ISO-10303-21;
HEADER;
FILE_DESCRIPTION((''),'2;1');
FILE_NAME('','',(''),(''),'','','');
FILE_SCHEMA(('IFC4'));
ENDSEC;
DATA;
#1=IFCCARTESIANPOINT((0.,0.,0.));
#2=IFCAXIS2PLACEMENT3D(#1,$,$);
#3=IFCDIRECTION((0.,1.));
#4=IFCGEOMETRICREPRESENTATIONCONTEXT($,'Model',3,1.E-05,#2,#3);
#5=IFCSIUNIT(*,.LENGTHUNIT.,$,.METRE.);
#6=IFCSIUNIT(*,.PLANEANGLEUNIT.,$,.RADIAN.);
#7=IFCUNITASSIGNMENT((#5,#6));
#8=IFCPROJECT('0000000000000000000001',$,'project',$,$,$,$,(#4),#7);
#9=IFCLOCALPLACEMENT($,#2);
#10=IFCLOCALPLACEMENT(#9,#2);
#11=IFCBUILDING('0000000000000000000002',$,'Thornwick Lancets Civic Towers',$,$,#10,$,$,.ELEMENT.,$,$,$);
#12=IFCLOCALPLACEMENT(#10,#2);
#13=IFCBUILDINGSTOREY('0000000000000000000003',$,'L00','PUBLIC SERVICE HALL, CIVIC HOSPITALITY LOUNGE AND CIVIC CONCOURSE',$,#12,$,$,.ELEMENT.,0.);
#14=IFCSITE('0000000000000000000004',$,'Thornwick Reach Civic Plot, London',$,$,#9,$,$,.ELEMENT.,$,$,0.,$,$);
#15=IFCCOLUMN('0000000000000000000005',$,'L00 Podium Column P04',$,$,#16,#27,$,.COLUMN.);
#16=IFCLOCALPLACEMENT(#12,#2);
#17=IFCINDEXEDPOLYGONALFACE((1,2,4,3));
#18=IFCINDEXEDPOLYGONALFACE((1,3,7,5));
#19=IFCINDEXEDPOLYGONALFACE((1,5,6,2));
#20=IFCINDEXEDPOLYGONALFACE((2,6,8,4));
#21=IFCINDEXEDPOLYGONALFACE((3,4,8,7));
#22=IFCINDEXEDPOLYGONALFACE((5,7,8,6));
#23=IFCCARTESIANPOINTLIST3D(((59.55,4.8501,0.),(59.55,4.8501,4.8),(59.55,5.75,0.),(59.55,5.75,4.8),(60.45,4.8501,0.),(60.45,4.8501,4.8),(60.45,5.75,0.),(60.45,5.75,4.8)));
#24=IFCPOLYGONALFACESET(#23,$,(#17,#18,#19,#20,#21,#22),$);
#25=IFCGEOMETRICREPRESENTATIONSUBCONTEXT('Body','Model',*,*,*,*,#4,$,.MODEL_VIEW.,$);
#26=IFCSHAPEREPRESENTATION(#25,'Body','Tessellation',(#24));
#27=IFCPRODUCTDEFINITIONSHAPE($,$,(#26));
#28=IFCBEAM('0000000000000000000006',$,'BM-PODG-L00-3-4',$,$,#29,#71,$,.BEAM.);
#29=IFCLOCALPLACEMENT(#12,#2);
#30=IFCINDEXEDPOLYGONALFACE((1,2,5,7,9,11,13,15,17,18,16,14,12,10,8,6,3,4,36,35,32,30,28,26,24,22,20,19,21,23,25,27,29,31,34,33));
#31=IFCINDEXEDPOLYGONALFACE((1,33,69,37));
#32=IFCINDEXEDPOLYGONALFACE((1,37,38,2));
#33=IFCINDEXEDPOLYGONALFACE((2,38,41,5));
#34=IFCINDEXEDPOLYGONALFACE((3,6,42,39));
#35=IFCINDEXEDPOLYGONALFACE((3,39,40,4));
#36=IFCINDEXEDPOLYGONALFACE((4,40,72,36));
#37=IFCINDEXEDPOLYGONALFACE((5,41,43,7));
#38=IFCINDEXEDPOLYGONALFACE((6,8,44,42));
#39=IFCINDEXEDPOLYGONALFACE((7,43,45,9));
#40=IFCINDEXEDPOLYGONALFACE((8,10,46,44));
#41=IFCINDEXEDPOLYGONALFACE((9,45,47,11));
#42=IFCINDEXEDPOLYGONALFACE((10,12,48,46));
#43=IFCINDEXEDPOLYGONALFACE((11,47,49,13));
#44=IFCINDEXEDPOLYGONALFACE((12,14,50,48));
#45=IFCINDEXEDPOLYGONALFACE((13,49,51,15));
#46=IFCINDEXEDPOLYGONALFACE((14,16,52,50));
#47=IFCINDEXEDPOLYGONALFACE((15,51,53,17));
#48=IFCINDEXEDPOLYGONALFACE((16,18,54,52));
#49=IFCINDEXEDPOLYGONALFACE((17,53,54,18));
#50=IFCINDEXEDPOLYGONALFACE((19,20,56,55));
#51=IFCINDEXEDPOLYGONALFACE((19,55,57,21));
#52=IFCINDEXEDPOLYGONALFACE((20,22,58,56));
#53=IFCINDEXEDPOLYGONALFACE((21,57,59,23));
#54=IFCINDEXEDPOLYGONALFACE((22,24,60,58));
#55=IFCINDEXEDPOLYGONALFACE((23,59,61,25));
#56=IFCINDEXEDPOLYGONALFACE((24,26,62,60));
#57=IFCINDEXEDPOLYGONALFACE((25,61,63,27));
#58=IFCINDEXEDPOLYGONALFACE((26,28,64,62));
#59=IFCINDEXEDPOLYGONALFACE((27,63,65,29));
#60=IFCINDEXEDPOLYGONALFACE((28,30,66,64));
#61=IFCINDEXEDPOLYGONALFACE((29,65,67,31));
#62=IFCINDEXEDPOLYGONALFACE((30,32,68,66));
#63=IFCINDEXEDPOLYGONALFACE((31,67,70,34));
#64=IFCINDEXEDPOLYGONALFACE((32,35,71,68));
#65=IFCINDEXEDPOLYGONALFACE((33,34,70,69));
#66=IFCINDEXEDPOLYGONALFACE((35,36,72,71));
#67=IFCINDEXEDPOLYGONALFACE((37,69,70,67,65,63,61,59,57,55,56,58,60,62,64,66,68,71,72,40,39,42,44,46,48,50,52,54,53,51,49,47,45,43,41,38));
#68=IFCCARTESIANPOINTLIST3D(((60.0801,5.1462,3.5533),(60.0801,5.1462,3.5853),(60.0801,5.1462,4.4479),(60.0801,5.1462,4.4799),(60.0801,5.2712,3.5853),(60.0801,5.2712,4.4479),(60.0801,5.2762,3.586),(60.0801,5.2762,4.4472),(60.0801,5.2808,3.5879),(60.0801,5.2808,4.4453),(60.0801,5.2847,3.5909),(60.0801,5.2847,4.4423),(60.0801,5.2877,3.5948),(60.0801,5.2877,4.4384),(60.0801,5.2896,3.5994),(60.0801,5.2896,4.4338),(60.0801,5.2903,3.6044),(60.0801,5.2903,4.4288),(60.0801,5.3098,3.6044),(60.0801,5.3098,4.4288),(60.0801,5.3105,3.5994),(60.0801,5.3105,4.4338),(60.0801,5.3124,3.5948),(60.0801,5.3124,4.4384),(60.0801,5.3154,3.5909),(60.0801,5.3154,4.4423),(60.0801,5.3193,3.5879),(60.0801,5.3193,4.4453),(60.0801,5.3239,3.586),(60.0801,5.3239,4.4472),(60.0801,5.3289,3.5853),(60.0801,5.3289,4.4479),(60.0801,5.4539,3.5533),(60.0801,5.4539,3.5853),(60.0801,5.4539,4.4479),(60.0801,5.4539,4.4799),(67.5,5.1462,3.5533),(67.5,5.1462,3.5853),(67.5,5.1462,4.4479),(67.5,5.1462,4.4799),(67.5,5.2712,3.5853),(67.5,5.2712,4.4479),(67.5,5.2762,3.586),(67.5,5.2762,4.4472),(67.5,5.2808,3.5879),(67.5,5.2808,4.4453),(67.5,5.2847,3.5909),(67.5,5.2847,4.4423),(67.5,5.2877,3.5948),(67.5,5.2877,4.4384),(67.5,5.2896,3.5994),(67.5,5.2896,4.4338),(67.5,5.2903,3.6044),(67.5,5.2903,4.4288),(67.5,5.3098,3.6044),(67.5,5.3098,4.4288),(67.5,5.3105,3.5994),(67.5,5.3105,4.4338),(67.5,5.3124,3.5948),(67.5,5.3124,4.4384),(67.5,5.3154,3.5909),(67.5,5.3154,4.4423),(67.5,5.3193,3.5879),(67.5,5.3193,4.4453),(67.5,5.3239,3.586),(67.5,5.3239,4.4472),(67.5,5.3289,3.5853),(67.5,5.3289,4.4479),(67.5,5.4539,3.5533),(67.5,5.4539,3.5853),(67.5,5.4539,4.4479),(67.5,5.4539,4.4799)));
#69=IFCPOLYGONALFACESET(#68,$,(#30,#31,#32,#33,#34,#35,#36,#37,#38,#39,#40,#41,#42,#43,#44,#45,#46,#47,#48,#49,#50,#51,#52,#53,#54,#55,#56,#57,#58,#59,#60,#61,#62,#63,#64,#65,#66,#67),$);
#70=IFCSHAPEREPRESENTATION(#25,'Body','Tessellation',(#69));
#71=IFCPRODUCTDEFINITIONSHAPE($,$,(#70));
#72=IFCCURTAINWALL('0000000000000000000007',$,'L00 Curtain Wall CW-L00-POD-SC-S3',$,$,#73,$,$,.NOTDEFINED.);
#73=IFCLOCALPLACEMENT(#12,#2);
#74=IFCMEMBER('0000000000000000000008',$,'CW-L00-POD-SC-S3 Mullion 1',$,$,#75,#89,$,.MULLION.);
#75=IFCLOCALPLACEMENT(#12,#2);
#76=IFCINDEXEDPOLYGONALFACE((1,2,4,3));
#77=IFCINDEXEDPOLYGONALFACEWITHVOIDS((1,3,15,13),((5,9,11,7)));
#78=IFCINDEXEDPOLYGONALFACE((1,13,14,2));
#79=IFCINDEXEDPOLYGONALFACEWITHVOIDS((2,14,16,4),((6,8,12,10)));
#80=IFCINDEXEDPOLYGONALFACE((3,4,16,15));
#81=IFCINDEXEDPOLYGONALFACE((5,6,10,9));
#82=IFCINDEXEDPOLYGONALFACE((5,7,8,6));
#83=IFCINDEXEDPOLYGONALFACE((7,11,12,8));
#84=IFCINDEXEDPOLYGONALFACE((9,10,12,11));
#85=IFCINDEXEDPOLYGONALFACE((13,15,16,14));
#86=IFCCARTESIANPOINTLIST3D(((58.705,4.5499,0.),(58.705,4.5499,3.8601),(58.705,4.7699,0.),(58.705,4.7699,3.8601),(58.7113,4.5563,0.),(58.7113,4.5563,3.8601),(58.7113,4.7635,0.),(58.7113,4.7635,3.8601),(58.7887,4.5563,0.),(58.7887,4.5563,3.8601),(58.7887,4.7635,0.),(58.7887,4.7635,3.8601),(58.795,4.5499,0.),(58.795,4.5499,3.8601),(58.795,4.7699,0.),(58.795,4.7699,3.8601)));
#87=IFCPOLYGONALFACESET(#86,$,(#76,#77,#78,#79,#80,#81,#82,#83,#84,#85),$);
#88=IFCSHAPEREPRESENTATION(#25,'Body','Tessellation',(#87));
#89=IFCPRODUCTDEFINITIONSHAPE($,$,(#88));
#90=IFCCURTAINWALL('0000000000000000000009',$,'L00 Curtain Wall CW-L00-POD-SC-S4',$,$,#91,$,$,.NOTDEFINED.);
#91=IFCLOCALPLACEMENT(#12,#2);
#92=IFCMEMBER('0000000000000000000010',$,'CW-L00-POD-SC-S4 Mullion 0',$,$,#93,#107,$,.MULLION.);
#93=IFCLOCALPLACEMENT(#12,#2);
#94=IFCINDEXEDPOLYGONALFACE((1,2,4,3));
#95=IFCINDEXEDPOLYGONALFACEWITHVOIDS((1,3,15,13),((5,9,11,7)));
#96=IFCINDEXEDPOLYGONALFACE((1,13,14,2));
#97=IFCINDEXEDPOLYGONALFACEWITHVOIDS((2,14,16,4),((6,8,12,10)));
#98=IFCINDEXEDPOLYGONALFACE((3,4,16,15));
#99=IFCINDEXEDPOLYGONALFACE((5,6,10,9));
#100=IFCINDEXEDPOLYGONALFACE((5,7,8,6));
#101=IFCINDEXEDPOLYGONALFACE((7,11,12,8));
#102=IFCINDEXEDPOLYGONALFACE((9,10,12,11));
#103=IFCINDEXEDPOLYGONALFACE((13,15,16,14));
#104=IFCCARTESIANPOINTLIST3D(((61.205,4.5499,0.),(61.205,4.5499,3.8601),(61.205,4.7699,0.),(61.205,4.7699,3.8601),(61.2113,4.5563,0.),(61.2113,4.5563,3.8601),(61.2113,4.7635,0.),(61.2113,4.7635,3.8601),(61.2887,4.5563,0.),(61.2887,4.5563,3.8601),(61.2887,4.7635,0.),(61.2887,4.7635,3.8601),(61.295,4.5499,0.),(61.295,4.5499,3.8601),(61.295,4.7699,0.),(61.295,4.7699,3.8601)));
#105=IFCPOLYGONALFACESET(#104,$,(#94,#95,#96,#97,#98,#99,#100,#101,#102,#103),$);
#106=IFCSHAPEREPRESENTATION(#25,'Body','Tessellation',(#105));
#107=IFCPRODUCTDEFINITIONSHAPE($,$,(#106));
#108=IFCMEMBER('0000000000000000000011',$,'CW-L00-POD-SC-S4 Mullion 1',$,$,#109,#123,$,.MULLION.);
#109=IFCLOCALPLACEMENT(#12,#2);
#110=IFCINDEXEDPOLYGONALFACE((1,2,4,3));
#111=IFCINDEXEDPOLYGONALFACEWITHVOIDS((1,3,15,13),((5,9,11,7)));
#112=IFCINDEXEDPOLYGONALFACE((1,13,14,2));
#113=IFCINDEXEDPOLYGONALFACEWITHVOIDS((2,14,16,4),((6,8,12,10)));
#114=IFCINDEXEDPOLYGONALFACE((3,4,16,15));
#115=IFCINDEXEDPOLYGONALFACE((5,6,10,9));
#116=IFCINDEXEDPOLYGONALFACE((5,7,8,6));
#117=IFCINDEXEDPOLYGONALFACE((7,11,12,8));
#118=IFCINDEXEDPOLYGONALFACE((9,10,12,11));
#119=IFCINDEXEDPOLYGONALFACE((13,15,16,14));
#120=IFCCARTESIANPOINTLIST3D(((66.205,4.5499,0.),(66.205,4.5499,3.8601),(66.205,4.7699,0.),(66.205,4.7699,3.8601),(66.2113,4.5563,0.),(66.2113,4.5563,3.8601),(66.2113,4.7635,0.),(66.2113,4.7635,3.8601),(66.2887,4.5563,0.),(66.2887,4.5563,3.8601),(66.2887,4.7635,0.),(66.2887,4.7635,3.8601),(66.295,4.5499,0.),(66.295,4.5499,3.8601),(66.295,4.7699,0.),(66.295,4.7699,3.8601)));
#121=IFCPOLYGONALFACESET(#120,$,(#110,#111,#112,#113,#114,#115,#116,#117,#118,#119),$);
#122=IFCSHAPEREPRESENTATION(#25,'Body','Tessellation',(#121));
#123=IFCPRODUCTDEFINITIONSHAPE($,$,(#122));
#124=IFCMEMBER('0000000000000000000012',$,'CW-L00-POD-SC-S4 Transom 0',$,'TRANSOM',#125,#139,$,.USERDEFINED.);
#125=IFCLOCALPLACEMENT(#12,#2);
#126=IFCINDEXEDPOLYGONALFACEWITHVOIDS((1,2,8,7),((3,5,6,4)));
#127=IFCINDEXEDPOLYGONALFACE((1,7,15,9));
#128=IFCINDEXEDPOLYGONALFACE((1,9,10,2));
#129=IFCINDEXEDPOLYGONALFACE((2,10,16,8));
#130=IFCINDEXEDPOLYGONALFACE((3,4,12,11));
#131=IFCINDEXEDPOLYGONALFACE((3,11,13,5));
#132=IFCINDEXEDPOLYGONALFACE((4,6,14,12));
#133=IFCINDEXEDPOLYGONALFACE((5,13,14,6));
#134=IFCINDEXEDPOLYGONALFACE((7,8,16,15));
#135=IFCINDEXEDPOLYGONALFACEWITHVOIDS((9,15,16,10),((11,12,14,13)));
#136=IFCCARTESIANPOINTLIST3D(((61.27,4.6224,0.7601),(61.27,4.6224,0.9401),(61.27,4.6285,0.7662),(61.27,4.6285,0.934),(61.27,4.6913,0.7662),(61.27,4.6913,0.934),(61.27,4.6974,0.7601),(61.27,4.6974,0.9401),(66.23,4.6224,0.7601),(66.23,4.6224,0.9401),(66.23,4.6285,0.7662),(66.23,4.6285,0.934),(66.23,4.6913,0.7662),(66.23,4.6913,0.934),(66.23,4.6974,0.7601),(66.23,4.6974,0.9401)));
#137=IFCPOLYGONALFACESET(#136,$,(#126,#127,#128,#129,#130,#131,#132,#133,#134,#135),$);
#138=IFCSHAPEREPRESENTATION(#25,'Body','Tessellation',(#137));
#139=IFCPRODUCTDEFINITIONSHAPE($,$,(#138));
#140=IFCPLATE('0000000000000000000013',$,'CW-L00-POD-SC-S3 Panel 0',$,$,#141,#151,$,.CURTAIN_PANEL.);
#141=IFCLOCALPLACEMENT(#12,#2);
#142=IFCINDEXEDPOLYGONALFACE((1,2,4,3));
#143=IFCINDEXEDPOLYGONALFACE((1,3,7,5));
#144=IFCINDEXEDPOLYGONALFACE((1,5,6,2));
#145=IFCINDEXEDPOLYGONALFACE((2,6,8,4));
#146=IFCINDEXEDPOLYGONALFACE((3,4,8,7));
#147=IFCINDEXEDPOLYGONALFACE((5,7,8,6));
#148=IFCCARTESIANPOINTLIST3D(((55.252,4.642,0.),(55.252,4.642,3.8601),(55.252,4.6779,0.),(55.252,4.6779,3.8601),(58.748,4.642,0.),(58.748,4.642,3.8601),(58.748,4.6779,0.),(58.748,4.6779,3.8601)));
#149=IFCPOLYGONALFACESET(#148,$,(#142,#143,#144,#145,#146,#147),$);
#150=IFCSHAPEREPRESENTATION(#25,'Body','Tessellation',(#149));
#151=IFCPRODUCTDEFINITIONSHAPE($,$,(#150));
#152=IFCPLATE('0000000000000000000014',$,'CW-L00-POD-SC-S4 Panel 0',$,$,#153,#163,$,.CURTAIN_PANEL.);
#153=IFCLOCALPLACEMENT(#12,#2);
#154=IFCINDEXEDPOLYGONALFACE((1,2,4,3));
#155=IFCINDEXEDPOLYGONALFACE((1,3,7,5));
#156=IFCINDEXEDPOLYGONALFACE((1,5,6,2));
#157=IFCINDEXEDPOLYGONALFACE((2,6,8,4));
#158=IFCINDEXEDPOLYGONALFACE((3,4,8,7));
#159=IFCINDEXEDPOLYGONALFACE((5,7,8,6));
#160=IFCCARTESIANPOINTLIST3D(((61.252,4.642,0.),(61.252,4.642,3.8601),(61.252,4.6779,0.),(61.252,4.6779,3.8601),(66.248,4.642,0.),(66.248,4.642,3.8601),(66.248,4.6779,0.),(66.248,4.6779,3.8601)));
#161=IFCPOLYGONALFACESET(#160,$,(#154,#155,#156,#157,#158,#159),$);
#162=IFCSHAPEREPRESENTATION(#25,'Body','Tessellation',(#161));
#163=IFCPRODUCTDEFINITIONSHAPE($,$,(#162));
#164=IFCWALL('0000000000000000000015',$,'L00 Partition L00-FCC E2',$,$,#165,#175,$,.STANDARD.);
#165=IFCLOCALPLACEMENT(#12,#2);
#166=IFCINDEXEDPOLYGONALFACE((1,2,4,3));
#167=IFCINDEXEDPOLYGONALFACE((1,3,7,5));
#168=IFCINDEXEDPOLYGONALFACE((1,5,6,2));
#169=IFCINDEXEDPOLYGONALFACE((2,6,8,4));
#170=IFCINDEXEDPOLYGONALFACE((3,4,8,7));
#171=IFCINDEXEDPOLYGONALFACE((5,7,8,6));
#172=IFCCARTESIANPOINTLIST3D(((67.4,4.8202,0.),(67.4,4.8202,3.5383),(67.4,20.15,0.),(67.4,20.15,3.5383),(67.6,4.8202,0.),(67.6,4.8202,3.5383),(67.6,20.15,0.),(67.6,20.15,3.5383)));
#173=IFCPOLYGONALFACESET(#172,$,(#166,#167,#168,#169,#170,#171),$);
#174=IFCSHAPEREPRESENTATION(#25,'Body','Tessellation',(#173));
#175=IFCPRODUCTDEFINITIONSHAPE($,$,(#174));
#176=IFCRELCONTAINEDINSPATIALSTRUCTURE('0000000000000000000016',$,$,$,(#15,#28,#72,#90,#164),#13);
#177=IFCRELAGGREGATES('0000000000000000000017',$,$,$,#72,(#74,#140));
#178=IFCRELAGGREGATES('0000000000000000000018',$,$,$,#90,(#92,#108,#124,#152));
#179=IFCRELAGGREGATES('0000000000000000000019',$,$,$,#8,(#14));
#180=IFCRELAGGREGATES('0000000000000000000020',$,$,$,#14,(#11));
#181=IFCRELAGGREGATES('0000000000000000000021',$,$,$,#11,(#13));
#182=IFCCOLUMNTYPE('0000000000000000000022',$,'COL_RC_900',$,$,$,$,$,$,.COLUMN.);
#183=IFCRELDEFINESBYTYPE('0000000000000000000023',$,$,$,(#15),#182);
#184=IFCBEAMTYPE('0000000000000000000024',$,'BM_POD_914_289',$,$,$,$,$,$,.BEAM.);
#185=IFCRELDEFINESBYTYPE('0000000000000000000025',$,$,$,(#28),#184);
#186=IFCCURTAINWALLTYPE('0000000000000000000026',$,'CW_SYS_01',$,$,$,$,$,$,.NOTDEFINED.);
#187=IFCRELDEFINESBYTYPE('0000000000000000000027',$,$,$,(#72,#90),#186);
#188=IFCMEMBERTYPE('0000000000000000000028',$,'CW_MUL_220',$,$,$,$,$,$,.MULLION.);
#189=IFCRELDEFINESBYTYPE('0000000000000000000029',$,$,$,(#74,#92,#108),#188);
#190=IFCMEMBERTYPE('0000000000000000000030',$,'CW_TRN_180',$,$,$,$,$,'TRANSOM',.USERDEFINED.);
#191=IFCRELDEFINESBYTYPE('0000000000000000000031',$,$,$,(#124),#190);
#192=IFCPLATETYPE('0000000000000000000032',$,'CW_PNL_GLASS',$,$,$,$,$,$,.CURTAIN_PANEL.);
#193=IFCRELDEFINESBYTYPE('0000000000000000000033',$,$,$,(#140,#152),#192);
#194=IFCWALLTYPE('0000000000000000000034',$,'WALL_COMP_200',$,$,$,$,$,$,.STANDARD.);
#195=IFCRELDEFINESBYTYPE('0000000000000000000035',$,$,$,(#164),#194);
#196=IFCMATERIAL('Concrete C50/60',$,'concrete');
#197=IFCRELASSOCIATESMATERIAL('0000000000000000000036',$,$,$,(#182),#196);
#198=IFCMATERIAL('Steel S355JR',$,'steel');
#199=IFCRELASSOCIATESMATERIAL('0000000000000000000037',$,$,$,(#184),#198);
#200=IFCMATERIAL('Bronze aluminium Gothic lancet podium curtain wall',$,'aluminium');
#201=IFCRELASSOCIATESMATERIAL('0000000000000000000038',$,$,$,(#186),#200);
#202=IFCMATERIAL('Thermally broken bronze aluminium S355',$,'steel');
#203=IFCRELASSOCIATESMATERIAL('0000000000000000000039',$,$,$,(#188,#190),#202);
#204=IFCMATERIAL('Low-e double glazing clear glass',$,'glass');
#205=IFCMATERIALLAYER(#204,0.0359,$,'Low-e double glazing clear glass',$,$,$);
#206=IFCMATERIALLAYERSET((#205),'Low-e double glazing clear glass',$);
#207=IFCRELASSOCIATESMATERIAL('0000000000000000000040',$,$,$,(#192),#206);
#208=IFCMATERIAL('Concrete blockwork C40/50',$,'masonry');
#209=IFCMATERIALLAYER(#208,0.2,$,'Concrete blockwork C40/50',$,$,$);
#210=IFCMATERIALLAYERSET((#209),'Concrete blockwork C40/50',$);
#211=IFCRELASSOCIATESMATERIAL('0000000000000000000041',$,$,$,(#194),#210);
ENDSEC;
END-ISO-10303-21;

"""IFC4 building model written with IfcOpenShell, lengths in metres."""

from ifc_helpers import new_model, si_unit, direction, frame, frame_2d, origin, origin_2d, place, context, subcontext, project, spatial, rectangle, hollow_rectangle, i_section, extrude, material, layer, layer_set, material_profile, profile_set, type_object, element, aggregate, save


model = new_model("IFC4")

# Units and contexts
model_context = context("Model", 3, precision=1e-05, world=origin(), true_north=direction((0.0, 1.0)))
body_context = subcontext(model_context, "Body", "Model", "MODEL_VIEW")
ifc_project = project(units=[si_unit("LENGTHUNIT", "METRE"), si_unit("PLANEANGLEUNIT", "RADIAN")], contexts=[model_context])

# Site, building, storey
site_placement = place(None, origin())
site = spatial("IfcSite", under=ifc_project, at=site_placement, Name="Thornwick Reach Civic Plot, London", CompositionType="ELEMENT", RefElevation=0.0)
building_placement = place(site_placement, origin())
building = spatial("IfcBuilding", under=site, at=building_placement, Name="Thornwick Lancets Civic Towers", CompositionType="ELEMENT")
storey_placement = place(building_placement, origin())
storey = spatial("IfcBuildingStorey", under=building, at=storey_placement, Name="L00", Description="PUBLIC SERVICE HALL, CIVIC HOSPITALITY LOUNGE AND CIVIC CONCOURSE", CompositionType="ELEMENT", Elevation=0.0)

# Column
ifc_material_1 = material(Name="Concrete C50/60", Category="concrete")
ifc_material_profile_1 = material_profile(ifc_material_1, rectangle(XDim=0.8999, YDim=0.8999, at=origin_2d()), Name="RC 900x900")
ifc_profile_set_1 = profile_set([ifc_material_profile_1], Name="Concrete C50/60")
column_type = type_object("IfcColumnType", Name="COL_RC_900", PredefinedType="COLUMN", material=ifc_profile_set_1)
column_placement = place(storey_placement, frame((60.0, 5.3, 0.0), z_axis=(0.0, 0.0, 1.0), x_axis=(1.0, 0.0, 0.0)))
element("IfcColumn", 1, at=column_placement, inside=storey, type_object=column_type, Name="L00 Podium Column P04", PredefinedType="COLUMN", context=body_context, shape_type="SweptSolid", body=[
    extrude(rectangle(XDim=0.8999, YDim=0.8999, at=origin_2d()), origin(), (0.0, 0.0, 1.0), 4.8),
])

# Beam
ifc_material_2 = material(Name="Steel S355JR", Category="steel")
ifc_material_profile_2 = material_profile(ifc_material_2, i_section(OverallWidth=0.3076, OverallDepth=0.9265, WebThickness=0.0195, FlangeThickness=0.032, FilletRadius=0.019, at=origin_2d()), Name="UKB 914x305x289")
ifc_profile_set_2 = profile_set([ifc_material_profile_2], Name="Steel S355JR")
beam_type = type_object("IfcBeamType", Name="BM_POD_914_289", PredefinedType="BEAM", material=ifc_profile_set_2)
beam_placement = place(storey_placement, frame((60.0801, 5.3, 4.0166), z_axis=(1.0, 0.0, 0.0), x_axis=(0.0, 1.0, 0.0)))
element("IfcBeam", 2, at=beam_placement, inside=storey, type_object=beam_type, Name="BM-PODG-L00-3-4", PredefinedType="BEAM", context=body_context, shape_type="SweptSolid", body=[
    extrude(i_section(OverallWidth=0.3076, OverallDepth=0.9265, WebThickness=0.0195, FlangeThickness=0.032, FilletRadius=0.019, at=origin_2d()), origin(), (0.0, 0.0, 1.0), 7.4199),
])

# Curtain wall, member
ifc_material_3 = material(Name="Bronze aluminium Gothic lancet podium curtain wall", Category="aluminium")
curtain_wall_type = type_object("IfcCurtainWallType", Name="CW_SYS_01", PredefinedType="NOTDEFINED", material=ifc_material_3)
curtain_wall_1_placement = place(storey_placement, origin())
curtain_wall_1 = element("IfcCurtainWall", 3, at=curtain_wall_1_placement, inside=storey, type_object=curtain_wall_type, Name="L00 Curtain Wall CW-L00-POD-SC-S3", PredefinedType="NOTDEFINED")
ifc_material_4 = material(Name="Thermally broken bronze aluminium S355", Category="steel")
ifc_material_profile_3 = material_profile(ifc_material_4, hollow_rectangle(XDim=0.0901, YDim=0.22, WallThickness=0.0063, at=origin_2d()), Name="RHS 220x90x6.3")
ifc_profile_set_3 = profile_set([ifc_material_profile_3], Name="Thermally broken bronze aluminium S355")
member_type_1 = type_object("IfcMemberType", Name="CW_MUL_220", PredefinedType="MULLION", material=ifc_profile_set_3)
member_1_placement = place(storey_placement, frame((58.75, 4.6599, 0.0), z_axis=(0.0, 0.0, 1.0), x_axis=(1.0, 0.0, 0.0)))
member_1 = element("IfcMember", 4, at=member_1_placement, type_object=member_type_1, Name="CW-L00-POD-SC-S3 Mullion 1", PredefinedType="MULLION", context=body_context, shape_type="SweptSolid", body=[
    extrude(hollow_rectangle(XDim=0.0901, YDim=0.22, WallThickness=0.0063, at=origin_2d()), origin(), (0.0, 0.0, 1.0), 3.8601),
])

# Curtain wall, members
curtain_wall_2_placement = place(storey_placement, origin())
curtain_wall_2 = element("IfcCurtainWall", 5, at=curtain_wall_2_placement, inside=storey, type_object=curtain_wall_type, Name="L00 Curtain Wall CW-L00-POD-SC-S4", PredefinedType="NOTDEFINED")
member_2_placement = place(storey_placement, frame((61.25, 4.6599, 0.0), z_axis=(0.0, 0.0, 1.0), x_axis=(1.0, 0.0, 0.0)))
member_2 = element("IfcMember", 6, at=member_2_placement, type_object=member_type_1, Name="CW-L00-POD-SC-S4 Mullion 0", PredefinedType="MULLION", context=body_context, shape_type="SweptSolid", body=[
    extrude(hollow_rectangle(XDim=0.0901, YDim=0.22, WallThickness=0.0063, at=origin_2d()), origin(), (0.0, 0.0, 1.0), 3.8601),
])
member_3_placement = place(storey_placement, frame((66.25, 4.6599, 0.0), z_axis=(0.0, 0.0, 1.0), x_axis=(1.0, 0.0, 0.0)))
member_3 = element("IfcMember", 7, at=member_3_placement, type_object=member_type_1, Name="CW-L00-POD-SC-S4 Mullion 1", PredefinedType="MULLION", context=body_context, shape_type="SweptSolid", body=[
    extrude(hollow_rectangle(XDim=0.0901, YDim=0.22, WallThickness=0.0063, at=origin_2d()), origin(), (0.0, 0.0, 1.0), 3.8601),
])
ifc_material_profile_4 = material_profile(ifc_material_4, hollow_rectangle(XDim=0.075, YDim=0.1799, WallThickness=0.0061, at=origin_2d()), Name="RHS 180x75x6")
ifc_profile_set_4 = profile_set([ifc_material_profile_4], Name="Thermally broken bronze aluminium S355")
member_type_2 = type_object("IfcMemberType", Name="CW_TRN_180", ElementType="TRANSOM", PredefinedType="USERDEFINED", material=ifc_profile_set_4)
member_4_placement = place(storey_placement, frame((61.27, 4.6599, 0.8501), z_axis=(1.0, 0.0, 0.0), x_axis=(0.0, 1.0, 0.0)))
member_4 = element("IfcMember", 8, at=member_4_placement, type_object=member_type_2, Name="CW-L00-POD-SC-S4 Transom 0", ObjectType="TRANSOM", PredefinedType="USERDEFINED", context=body_context, shape_type="SweptSolid", body=[
    extrude(hollow_rectangle(XDim=0.075, YDim=0.1799, WallThickness=0.0061, at=origin_2d()), origin(), (0.0, 0.0, 1.0), 4.96),
])

# Plates
ifc_material_5 = material(Name="Low-e double glazing clear glass", Category="glass")
ifc_layer_1 = layer(ifc_material_5, 0.0359, Name="Low-e double glazing clear glass")
ifc_layer_set_1 = layer_set([ifc_layer_1], Name="Low-e double glazing clear glass")
plate_type = type_object("IfcPlateType", Name="CW_PNL_GLASS", PredefinedType="CURTAIN_PANEL", material=ifc_layer_set_1)
plate_1_placement = place(storey_placement, frame((57.0, 4.6599, 0.0), z_axis=(0.0, 0.0, 1.0), x_axis=(1.0, 0.0, 0.0)))
plate_1 = element("IfcPlate", 9, at=plate_1_placement, type_object=plate_type, Name="CW-L00-POD-SC-S3 Panel 0", PredefinedType="CURTAIN_PANEL", context=body_context, shape_type="SweptSolid", body=[
    extrude(rectangle(XDim=3.4961, YDim=0.0359, at=origin_2d()), origin(), (0.0, 0.0, 1.0), 3.8601),
])
aggregate(curtain_wall_1, [member_1, plate_1])
plate_2_placement = place(storey_placement, frame((63.75, 4.6599, 0.0), z_axis=(0.0, 0.0, 1.0), x_axis=(1.0, 0.0, 0.0)))
plate_2 = element("IfcPlate", 10, at=plate_2_placement, type_object=plate_type, Name="CW-L00-POD-SC-S4 Panel 0", PredefinedType="CURTAIN_PANEL", context=body_context, shape_type="SweptSolid", body=[
    extrude(rectangle(XDim=4.9961, YDim=0.0359, at=origin_2d()), origin(), (0.0, 0.0, 1.0), 3.8601),
])
aggregate(curtain_wall_2, [member_2, member_3, member_4, plate_2])

# Wall
ifc_material_6 = material(Name="Concrete blockwork C40/50", Category="masonry")
ifc_layer_2 = layer(ifc_material_6, 0.2, Name="Concrete blockwork C40/50")
ifc_layer_set_2 = layer_set([ifc_layer_2], Name="Concrete blockwork C40/50")
wall_type_1 = type_object("IfcWallType", Name="WALL_COMP_200", PredefinedType="STANDARD", material=ifc_layer_set_2)
wall_1_placement = place(storey_placement, frame((67.5, 4.8201, 0.0), z_axis=(0.0, 0.0, 1.0), x_axis=(0.0, 1.0, 0.0)))
element("IfcWall", 11, at=wall_1_placement, inside=storey, type_object=wall_type_1, Name="L00 Partition L00-FCC E2", PredefinedType="STANDARD", context=body_context, shape_type="SweptSolid", body=[
    extrude(rectangle(XDim=15.3298, YDim=0.2, at=frame_2d((7.665, 0.0))), origin(), (0.0, 0.0, 1.0), 3.5383),
])

save(model, "model.ifc")
